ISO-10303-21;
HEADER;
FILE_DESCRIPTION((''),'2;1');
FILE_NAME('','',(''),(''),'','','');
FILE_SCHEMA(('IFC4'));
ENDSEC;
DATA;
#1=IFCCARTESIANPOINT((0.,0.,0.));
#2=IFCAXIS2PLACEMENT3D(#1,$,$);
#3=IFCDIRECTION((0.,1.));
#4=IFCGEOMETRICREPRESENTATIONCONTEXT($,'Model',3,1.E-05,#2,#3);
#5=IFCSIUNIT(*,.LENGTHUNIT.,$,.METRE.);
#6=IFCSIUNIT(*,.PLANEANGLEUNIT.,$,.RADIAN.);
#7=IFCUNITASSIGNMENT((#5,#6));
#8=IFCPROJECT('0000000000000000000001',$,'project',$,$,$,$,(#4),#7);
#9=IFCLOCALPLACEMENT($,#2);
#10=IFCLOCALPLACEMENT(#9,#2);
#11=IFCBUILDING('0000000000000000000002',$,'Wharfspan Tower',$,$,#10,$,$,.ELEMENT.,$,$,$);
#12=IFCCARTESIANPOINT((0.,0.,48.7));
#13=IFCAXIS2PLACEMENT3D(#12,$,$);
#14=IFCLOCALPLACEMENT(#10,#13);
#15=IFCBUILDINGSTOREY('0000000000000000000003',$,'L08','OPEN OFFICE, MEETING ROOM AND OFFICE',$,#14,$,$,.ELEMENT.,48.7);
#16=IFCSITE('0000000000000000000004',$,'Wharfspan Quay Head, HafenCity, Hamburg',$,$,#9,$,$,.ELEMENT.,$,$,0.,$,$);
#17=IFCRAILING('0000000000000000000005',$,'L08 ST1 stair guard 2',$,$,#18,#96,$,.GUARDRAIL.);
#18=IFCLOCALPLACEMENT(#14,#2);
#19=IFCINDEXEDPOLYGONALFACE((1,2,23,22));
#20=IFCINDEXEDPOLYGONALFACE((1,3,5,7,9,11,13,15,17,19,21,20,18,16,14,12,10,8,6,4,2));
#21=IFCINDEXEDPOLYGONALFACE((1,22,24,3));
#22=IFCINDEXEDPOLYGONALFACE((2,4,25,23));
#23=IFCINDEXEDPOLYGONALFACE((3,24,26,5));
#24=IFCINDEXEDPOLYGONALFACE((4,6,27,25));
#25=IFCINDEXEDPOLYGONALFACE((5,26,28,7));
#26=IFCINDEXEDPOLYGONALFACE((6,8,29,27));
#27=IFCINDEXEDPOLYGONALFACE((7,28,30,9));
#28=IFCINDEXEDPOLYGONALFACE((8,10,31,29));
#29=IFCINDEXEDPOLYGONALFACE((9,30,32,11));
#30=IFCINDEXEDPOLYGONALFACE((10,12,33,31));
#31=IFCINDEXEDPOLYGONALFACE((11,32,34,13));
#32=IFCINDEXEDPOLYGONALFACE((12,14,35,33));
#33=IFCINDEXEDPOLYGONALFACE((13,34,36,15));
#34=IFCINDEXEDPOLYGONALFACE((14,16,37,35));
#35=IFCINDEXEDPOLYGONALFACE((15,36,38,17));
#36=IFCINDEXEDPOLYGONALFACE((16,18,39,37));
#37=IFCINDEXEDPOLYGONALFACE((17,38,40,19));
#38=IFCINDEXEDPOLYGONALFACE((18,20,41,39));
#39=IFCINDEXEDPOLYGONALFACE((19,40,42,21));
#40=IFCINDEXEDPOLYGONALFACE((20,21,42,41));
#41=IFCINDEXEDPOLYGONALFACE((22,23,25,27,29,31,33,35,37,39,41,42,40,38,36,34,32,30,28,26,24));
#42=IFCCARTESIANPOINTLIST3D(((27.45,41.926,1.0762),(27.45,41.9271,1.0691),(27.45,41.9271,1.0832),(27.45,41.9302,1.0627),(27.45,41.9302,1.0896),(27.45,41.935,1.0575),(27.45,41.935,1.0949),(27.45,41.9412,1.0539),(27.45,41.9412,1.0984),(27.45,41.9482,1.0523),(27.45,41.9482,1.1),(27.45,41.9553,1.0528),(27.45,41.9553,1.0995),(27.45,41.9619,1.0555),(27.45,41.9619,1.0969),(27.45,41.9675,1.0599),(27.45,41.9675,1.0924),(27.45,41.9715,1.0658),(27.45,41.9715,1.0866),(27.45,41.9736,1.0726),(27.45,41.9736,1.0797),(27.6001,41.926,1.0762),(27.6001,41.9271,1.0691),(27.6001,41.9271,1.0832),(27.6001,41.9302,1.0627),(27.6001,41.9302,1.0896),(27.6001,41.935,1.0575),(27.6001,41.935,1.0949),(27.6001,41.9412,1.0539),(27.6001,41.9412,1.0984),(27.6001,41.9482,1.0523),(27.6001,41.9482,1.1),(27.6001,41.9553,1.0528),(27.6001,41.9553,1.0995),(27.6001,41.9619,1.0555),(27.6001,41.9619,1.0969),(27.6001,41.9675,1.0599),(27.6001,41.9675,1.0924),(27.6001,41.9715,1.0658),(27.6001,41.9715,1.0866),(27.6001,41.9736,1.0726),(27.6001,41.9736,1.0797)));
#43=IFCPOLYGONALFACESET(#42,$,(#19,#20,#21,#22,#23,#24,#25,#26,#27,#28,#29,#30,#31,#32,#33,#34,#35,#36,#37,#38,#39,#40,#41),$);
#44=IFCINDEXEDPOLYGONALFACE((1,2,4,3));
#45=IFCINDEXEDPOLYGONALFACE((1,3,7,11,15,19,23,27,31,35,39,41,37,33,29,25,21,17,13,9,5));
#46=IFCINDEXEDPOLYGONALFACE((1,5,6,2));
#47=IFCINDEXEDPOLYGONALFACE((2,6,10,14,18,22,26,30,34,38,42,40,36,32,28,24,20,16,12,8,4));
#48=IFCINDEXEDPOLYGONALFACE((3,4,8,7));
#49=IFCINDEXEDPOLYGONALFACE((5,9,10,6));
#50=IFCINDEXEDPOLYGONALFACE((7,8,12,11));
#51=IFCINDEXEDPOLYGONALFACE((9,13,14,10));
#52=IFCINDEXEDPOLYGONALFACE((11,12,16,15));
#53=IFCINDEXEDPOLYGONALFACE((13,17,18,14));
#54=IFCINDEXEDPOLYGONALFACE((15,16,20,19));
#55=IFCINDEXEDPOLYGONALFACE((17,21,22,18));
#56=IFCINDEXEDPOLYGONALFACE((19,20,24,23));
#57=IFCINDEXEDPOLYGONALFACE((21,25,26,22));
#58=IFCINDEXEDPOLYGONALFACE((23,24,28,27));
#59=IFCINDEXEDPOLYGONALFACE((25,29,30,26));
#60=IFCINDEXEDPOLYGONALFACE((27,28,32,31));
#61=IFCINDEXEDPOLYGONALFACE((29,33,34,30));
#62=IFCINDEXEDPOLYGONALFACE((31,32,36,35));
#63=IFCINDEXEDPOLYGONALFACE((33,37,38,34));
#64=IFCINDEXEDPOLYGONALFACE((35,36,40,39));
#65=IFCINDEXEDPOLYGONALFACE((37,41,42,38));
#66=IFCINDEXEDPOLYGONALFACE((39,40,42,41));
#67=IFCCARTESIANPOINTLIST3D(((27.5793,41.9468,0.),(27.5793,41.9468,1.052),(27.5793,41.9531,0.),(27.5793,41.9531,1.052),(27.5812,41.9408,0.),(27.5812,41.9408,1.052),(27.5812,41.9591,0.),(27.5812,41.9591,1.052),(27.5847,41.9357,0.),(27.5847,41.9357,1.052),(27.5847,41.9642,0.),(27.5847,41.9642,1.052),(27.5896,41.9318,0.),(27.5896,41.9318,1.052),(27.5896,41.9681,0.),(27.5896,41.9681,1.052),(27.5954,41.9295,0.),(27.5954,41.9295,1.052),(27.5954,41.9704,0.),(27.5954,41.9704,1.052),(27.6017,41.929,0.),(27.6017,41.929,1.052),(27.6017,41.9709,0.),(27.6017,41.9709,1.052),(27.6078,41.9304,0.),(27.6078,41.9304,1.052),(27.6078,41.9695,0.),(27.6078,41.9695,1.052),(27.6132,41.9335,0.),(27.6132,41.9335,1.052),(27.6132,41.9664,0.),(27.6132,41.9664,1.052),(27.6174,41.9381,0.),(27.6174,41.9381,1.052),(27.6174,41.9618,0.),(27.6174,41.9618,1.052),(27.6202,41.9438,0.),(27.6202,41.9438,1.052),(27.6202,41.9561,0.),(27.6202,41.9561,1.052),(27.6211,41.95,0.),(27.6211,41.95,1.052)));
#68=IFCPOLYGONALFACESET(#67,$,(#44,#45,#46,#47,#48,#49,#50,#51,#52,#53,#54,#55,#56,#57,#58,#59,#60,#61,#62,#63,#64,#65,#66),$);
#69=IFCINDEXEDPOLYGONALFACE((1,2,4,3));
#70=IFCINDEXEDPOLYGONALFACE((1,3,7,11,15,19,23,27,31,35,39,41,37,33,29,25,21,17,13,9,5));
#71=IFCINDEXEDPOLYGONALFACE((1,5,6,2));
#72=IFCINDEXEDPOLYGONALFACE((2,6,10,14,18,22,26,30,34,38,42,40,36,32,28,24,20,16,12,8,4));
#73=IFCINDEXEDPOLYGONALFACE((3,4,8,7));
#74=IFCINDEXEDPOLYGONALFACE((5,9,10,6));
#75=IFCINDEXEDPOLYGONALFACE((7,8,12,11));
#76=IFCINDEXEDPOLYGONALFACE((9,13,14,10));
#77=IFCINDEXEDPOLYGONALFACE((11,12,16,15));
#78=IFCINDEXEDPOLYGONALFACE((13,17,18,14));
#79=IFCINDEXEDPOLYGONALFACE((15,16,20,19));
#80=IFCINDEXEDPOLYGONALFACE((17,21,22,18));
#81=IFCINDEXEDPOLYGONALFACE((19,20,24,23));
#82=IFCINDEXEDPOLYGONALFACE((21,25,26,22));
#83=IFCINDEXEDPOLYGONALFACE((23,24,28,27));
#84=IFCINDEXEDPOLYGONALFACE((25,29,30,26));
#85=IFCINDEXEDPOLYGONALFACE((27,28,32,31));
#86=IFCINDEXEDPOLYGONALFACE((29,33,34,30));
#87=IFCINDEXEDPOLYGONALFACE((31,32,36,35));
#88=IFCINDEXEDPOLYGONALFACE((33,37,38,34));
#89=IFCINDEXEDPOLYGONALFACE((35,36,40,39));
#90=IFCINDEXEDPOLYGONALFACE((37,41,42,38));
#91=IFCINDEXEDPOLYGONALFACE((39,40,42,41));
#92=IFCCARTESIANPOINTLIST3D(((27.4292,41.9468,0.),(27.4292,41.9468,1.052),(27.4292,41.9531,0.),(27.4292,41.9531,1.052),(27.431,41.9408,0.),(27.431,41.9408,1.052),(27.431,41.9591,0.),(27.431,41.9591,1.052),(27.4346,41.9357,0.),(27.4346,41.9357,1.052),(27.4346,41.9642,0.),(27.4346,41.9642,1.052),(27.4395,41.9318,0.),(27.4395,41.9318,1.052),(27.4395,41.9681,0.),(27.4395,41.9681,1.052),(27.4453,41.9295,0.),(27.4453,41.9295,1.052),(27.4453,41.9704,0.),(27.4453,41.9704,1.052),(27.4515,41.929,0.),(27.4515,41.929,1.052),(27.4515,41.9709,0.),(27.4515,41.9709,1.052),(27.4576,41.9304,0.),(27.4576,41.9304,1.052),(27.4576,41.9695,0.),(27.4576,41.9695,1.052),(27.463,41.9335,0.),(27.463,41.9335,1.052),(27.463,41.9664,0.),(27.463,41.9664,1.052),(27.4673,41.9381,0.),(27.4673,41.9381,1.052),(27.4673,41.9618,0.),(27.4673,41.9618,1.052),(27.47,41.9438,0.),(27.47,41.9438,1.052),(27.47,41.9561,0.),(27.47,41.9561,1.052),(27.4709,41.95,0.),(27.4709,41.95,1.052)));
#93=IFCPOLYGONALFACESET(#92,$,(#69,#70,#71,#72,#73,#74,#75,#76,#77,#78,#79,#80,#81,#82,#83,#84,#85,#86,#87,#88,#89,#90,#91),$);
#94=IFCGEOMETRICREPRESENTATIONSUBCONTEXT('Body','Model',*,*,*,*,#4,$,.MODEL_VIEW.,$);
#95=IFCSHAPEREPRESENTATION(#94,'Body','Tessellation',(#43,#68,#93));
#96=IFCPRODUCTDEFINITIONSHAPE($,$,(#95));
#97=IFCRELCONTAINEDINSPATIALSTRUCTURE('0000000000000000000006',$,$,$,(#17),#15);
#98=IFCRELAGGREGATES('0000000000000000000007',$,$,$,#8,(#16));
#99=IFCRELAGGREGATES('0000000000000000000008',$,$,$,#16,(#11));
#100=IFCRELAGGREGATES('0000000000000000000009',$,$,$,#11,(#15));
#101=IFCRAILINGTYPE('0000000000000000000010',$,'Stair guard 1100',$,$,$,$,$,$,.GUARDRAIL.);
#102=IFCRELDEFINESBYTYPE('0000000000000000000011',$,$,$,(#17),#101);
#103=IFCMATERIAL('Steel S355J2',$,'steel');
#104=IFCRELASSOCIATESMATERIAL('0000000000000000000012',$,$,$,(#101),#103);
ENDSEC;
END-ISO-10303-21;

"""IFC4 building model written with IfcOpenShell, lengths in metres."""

from ifc_helpers import new_model, si_unit, direction, frame, origin, origin_2d, place, context, subcontext, project, spatial, circle, extrude, material, type_object, element, save


model = new_model("IFC4")

# Units and contexts
model_context = context("Model", 3, precision=1e-05, world=origin(), true_north=direction((0.0, 1.0)))
body_context = subcontext(model_context, "Body", "Model", "MODEL_VIEW")
ifc_project = project(units=[si_unit("LENGTHUNIT", "METRE"), si_unit("PLANEANGLEUNIT", "RADIAN")], contexts=[model_context])

# Site, building, storey
site_placement = place(None, origin())
site = spatial("IfcSite", under=ifc_project, at=site_placement, Name="Wharfspan Quay Head, HafenCity, Hamburg", CompositionType="ELEMENT", RefElevation=0.0)
building_placement = place(site_placement, origin())
building = spatial("IfcBuilding", under=site, at=building_placement, Name="Wharfspan Tower", CompositionType="ELEMENT")
storey_placement = place(building_placement, frame((0.0, 0.0, 48.7)))
storey = spatial("IfcBuildingStorey", under=building, at=storey_placement, Name="L08", Description="OPEN OFFICE, MEETING ROOM AND OFFICE", CompositionType="ELEMENT", Elevation=48.7)

# Shared definitions
ifc_material_1 = material(Name="Steel S355J2", Category="steel")

# Railing
railing_type_1 = type_object("IfcRailingType", Name="Stair guard 1100", PredefinedType="GUARDRAIL", material=ifc_material_1)
railing_1_placement = place(storey_placement, frame((27.6001, 41.95, 0.0)))
element("IfcRailing", 1, at=railing_1_placement, inside=storey, type_object=railing_type_1, Name="L08 ST1 stair guard 2", PredefinedType="GUARDRAIL", context=body_context, shape_type="SweptSolid", body=[
    extrude(circle(Radius=0.0239, at=origin_2d()), frame((0.0, 0.0, 1.0762), z_axis=(-1.0, 0.0, 0.0), x_axis=(0.0, -1.0, 0.0)), (0.0, 0.0, 1.0), 0.1501),
    extrude(circle(Radius=0.021, at=origin_2d()), origin(), (0.0, 0.0, 1.0), 1.052),
    extrude(circle(Radius=0.021, at=origin_2d()), frame((-0.1501, 0.0, 0.0)), (0.0, 0.0, 1.0), 1.052),
])

save(model, "model.ifc")
